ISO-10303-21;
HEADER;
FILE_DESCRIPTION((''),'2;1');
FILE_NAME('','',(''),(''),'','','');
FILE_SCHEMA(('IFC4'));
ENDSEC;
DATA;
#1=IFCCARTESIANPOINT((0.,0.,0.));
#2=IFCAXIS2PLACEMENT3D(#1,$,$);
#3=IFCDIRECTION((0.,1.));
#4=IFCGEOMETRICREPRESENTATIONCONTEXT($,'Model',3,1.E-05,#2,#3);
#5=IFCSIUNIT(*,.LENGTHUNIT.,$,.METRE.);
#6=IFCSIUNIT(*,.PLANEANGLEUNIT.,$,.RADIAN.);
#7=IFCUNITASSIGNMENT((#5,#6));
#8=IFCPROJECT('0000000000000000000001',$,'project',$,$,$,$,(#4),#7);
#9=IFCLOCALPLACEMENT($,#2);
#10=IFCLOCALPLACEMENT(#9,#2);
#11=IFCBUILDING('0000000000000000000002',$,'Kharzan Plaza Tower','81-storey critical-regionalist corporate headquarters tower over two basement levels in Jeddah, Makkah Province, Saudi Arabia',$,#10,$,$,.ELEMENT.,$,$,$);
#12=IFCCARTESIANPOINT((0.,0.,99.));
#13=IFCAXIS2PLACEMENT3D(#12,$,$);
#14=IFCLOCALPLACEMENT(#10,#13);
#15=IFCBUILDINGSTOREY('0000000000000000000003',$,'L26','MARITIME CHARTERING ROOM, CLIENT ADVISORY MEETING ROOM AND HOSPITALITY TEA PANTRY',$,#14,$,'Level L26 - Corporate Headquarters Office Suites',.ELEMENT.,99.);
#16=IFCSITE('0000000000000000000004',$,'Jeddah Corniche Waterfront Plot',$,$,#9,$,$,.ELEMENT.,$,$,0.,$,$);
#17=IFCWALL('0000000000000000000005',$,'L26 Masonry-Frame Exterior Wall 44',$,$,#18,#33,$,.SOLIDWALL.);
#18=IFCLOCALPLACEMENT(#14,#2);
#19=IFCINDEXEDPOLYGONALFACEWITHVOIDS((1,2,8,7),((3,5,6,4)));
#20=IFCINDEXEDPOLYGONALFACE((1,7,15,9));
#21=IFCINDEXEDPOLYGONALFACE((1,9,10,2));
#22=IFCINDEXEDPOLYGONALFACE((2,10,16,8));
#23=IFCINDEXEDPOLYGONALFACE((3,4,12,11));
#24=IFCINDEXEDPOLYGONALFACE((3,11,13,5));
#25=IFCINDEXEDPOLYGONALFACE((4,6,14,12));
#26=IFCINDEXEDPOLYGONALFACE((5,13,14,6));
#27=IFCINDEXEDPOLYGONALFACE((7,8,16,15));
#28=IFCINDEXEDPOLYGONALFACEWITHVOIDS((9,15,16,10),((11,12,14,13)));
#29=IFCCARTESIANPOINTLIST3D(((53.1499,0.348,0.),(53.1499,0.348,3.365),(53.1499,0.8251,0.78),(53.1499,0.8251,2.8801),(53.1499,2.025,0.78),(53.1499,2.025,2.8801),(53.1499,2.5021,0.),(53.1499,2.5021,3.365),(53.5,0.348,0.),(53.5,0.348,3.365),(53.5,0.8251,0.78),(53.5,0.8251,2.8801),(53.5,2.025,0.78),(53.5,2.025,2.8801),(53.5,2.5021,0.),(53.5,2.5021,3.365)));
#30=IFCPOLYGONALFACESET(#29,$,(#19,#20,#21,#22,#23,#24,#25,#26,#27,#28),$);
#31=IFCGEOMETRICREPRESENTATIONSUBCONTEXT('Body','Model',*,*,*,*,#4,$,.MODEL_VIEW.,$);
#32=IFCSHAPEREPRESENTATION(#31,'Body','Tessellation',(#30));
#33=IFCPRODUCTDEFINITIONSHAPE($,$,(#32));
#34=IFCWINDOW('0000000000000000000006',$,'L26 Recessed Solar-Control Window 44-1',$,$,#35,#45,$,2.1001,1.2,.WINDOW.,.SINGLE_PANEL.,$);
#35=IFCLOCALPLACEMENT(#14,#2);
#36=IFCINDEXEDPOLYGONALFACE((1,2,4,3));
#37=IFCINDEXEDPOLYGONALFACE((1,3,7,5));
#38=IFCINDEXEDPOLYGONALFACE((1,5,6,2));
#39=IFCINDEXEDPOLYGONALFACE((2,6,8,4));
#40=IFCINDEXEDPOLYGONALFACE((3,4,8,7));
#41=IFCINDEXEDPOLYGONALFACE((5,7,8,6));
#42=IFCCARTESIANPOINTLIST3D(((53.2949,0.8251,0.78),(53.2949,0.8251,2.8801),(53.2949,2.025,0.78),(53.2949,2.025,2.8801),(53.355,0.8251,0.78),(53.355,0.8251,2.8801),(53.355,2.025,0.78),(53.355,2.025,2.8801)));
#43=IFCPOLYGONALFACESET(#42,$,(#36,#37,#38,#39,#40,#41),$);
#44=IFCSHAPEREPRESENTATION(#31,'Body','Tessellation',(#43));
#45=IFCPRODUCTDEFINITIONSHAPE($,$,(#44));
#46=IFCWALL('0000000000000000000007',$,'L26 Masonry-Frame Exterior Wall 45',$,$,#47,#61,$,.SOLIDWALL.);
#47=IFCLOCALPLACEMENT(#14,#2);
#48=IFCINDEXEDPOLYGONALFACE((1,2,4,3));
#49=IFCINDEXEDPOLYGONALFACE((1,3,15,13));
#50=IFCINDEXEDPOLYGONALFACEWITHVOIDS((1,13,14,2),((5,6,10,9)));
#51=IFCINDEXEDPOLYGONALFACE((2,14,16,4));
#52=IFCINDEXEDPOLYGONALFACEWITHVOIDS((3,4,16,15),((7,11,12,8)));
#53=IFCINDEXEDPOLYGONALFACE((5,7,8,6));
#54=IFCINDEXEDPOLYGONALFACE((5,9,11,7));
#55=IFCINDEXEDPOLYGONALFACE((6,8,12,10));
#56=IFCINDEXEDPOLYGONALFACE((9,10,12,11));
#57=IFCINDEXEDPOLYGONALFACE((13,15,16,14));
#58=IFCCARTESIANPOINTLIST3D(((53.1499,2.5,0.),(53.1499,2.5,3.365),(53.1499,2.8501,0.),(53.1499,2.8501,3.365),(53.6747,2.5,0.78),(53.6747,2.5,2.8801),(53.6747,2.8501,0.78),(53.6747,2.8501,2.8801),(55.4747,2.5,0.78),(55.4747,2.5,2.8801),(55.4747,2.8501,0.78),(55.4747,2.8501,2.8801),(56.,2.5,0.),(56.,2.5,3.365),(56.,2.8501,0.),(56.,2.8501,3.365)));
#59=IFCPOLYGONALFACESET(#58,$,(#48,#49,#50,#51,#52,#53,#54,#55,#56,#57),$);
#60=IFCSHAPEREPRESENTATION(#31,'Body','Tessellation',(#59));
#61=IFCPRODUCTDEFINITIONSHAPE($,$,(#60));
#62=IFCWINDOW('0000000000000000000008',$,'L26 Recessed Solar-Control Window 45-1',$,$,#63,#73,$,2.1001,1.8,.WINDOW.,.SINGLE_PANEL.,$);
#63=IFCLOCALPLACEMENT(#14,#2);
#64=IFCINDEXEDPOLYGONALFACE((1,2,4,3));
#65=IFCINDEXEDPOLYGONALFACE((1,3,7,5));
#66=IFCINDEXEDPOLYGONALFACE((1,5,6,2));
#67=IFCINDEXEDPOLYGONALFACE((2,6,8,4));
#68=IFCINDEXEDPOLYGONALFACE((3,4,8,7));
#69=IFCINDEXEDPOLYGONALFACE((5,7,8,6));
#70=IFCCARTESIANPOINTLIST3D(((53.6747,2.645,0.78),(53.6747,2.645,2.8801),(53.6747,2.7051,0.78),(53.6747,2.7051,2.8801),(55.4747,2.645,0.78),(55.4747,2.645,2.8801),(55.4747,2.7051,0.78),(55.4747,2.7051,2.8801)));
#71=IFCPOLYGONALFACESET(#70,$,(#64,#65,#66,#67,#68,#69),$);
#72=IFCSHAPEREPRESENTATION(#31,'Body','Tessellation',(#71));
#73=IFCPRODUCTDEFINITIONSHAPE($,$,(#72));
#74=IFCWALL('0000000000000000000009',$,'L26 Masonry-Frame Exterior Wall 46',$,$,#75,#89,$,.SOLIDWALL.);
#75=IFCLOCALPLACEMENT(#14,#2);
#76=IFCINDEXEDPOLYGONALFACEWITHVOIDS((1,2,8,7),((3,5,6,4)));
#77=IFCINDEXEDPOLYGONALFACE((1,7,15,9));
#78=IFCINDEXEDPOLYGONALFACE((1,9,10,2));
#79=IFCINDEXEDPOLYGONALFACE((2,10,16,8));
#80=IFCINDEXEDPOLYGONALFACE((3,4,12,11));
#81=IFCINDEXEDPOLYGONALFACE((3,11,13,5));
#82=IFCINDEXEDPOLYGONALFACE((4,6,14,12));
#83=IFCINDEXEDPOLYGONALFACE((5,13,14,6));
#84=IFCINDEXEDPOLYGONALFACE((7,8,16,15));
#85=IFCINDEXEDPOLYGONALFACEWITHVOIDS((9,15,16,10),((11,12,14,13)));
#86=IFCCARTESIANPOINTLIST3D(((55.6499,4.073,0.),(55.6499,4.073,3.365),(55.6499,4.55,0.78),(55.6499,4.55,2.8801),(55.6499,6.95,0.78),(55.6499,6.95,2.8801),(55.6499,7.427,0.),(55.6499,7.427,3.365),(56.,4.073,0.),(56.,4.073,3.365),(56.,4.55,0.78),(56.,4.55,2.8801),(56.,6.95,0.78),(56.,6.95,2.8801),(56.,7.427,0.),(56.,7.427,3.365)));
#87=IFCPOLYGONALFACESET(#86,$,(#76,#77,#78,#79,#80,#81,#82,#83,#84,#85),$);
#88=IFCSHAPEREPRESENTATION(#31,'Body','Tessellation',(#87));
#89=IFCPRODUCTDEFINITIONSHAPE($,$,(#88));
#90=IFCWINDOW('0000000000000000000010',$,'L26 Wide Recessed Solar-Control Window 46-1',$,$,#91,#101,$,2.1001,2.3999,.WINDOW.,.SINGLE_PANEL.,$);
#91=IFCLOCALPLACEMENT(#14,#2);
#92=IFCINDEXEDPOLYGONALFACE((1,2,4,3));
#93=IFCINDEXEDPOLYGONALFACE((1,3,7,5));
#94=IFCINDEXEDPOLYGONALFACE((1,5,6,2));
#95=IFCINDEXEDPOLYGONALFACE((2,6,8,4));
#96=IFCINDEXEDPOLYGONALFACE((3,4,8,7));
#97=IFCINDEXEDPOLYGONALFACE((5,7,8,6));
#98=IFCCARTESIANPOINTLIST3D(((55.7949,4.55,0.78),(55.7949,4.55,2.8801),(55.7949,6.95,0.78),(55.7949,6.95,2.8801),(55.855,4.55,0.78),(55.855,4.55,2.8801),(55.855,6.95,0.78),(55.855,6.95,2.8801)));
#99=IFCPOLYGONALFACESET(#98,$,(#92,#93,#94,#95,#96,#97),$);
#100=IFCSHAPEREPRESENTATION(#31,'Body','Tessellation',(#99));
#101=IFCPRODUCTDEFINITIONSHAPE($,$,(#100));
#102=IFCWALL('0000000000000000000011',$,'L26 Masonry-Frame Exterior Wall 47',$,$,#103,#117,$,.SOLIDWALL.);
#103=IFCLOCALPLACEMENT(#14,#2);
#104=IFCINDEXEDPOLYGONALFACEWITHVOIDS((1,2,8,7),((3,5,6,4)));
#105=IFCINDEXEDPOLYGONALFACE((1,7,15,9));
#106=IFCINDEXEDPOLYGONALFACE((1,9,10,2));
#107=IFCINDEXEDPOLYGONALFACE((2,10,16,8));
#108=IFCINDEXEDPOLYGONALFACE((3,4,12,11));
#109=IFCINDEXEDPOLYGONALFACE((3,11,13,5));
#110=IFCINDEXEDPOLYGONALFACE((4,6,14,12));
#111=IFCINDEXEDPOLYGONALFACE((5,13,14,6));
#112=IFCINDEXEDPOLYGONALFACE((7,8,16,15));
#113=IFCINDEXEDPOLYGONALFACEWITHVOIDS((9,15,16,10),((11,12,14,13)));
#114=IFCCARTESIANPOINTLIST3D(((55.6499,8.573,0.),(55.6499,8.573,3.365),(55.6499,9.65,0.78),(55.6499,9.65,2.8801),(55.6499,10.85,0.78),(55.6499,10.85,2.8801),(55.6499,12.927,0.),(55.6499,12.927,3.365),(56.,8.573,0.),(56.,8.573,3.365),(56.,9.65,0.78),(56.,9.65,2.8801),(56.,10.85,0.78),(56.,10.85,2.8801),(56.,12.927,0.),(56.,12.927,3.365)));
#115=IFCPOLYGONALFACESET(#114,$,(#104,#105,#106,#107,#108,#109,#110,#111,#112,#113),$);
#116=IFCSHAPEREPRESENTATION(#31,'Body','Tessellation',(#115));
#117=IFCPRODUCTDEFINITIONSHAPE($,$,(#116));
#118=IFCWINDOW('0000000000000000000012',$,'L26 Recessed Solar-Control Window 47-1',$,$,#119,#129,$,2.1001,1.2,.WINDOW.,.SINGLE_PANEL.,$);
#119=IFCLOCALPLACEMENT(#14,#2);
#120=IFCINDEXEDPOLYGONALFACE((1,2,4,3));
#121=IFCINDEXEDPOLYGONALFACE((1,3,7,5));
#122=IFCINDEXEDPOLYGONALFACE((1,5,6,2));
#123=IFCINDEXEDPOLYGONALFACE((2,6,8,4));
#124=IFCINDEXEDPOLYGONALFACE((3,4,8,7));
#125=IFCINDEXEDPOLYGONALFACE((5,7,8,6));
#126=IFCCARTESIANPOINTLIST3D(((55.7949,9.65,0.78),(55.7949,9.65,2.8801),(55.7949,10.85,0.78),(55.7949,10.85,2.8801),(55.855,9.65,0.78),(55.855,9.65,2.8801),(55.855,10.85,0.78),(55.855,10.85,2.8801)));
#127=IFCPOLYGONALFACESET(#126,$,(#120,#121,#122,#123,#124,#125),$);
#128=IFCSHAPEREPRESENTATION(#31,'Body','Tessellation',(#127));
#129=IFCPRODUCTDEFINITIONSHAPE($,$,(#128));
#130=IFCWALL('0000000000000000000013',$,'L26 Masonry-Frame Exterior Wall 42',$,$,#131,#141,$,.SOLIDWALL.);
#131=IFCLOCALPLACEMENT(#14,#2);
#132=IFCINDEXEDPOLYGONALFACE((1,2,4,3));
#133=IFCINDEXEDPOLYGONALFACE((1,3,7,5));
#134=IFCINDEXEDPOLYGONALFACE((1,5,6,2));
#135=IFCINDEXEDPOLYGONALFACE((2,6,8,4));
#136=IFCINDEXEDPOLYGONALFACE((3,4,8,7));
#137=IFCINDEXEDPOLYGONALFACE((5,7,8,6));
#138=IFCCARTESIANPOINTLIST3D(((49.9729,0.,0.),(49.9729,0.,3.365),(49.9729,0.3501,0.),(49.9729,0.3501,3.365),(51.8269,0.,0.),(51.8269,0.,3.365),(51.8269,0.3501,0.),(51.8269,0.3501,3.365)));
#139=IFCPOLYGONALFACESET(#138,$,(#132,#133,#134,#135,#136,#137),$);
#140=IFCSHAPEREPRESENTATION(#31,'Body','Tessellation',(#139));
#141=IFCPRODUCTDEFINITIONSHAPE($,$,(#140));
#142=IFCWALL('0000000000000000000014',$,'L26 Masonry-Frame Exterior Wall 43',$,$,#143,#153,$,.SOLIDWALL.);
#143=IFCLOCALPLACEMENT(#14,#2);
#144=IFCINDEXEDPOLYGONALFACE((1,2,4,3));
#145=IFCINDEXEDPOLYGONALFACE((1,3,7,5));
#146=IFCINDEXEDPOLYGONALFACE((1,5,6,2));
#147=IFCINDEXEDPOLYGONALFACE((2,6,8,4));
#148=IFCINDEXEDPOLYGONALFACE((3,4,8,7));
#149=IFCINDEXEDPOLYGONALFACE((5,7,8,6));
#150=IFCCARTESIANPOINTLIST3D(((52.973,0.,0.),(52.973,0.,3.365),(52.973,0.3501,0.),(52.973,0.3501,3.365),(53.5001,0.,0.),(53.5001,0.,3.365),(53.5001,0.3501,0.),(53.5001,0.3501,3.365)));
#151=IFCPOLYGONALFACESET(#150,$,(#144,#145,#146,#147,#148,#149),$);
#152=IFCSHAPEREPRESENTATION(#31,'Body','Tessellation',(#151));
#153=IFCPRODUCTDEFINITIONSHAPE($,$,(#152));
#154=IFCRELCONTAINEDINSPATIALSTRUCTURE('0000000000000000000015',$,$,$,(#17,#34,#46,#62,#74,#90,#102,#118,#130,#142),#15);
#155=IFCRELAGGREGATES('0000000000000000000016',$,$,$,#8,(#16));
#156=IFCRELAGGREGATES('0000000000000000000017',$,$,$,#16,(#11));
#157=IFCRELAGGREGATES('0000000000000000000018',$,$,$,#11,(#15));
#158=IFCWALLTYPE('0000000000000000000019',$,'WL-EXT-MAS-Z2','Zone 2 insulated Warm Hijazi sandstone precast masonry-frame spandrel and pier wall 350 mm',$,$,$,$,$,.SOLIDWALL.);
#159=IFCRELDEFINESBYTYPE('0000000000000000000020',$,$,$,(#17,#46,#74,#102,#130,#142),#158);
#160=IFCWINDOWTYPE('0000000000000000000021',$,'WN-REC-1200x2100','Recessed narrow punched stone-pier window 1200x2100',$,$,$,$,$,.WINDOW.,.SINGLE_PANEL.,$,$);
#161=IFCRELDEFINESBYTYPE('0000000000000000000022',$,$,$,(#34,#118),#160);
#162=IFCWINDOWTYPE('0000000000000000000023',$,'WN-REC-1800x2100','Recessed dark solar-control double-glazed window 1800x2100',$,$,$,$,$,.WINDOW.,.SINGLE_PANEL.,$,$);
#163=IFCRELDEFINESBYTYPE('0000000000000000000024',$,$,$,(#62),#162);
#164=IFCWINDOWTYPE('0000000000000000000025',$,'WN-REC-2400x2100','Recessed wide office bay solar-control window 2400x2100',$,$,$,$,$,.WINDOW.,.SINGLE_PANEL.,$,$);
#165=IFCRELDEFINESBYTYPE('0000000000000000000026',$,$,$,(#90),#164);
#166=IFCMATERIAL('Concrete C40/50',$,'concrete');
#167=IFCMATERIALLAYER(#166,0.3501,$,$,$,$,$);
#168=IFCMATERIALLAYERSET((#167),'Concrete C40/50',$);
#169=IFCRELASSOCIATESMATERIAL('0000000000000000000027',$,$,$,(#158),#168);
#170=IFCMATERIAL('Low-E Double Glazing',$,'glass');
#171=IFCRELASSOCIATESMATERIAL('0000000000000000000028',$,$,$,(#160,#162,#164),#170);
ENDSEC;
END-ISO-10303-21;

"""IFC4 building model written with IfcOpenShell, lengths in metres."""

from ifc_helpers import new_model, si_unit, direction, frame, frame_2d, origin, place, context, subcontext, project, spatial, rectangle, extrude, source, transform, mapped, material, layer, layer_set, type_object, element, fill, save


model = new_model("IFC4")

# Units and contexts
model_context = context("Model", 3, precision=1e-05, world=origin(), true_north=direction((0.0, 1.0)))
body_context = subcontext(model_context, "Body", "Model", "MODEL_VIEW")
ifc_project = project(units=[si_unit("LENGTHUNIT", "METRE"), si_unit("PLANEANGLEUNIT", "RADIAN")], contexts=[model_context])

# Site, building, storey
site_placement = place(None, origin())
site = spatial("IfcSite", under=ifc_project, at=site_placement, Name="Jeddah Corniche Waterfront Plot", CompositionType="ELEMENT", RefElevation=0.0)
building_placement = place(site_placement, origin())
building = spatial("IfcBuilding", under=site, at=building_placement, Name="Kharzan Plaza Tower", Description="81-storey critical-regionalist corporate headquarters tower over two basement levels in Jeddah, Makkah Province, Saudi Arabia", CompositionType="ELEMENT")
storey_placement = place(building_placement, frame((0.0, 0.0, 99.0)))
storey = spatial("IfcBuildingStorey", under=building, at=storey_placement, Name="L26", Description="MARITIME CHARTERING ROOM, CLIENT ADVISORY MEETING ROOM AND HOSPITALITY TEA PANTRY", LongName="Level L26 - Corporate Headquarters Office Suites", CompositionType="ELEMENT", Elevation=99.0)

# Walls, openings, windows
ifc_material_1 = material(Name="Concrete C40/50", Category="concrete")
ifc_layer = layer(ifc_material_1, 0.3501)
ifc_layer_set = layer_set([ifc_layer], Name="Concrete C40/50")
wall_type = type_object("IfcWallType", Name="WL-EXT-MAS-Z2", Description="Zone 2 insulated Warm Hijazi sandstone precast masonry-frame spandrel and pier wall 350 mm", PredefinedType="SOLIDWALL", material=ifc_layer_set)
wall_1_placement = place(storey_placement, frame((53.325, 0.3479, 0.0), z_axis=(0.0, 0.0, 1.0), x_axis=(0.0, 1.0, 0.0)))
wall_1 = element("IfcWall", 1, at=wall_1_placement, inside=storey, type_object=wall_type, Name="L26 Masonry-Frame Exterior Wall 44", PredefinedType="SOLIDWALL", context=body_context, shape_type="SweptSolid", body=[
    extrude(rectangle(XDim=2.1541, YDim=0.3501, at=frame_2d((1.0771, 0.0))), origin(), (0.0, 0.0, 1.0), 3.365),
])
opening_1_placement = place(wall_1_placement, frame((0.4771, 0.0, 0.78)))
opening_1 = element("IfcOpeningElement", 2, at=opening_1_placement, cuts=wall_1, PredefinedType="OPENING", context=body_context, shape_type="SweptSolid", body=[
    extrude(rectangle(XDim=1.2, YDim=2.1001, at=frame_2d((0.6001, 1.05))), frame((0.0, 0.1851, 0.0), z_axis=(0.0, -1.0, 0.0), x_axis=(1.0, 0.0, 0.0)), (0.0, 0.0, 1.0), 0.3701),
])
ifc_material_2 = material(Name="Low-E Double Glazing", Category="glass")
window_type_1 = type_object("IfcWindowType", Name="WN-REC-1200x2100", Description="Recessed narrow punched stone-pier window 1200x2100", PartitioningType="SINGLE_PANEL", PredefinedType="WINDOW", material=ifc_material_2)
shared_shape_1 = source(origin(), body_context, "Body", "SweptSolid", [
    extrude(rectangle(XDim=1.2, YDim=2.1001, at=frame_2d((0.6001, 1.05))), frame((0.0, 0.03, 0.0), z_axis=(0.0, -1.0, 0.0), x_axis=(1.0, 0.0, 0.0)), (0.0, 0.0, 1.0), 0.0601),
])
window_1_placement = place(opening_1_placement, origin())
window_1 = element("IfcWindow", 3, at=window_1_placement, inside=storey, type_object=window_type_1, Name="L26 Recessed Solar-Control Window 44-1", OverallHeight=2.1001, OverallWidth=1.2, PartitioningType="SINGLE_PANEL", PredefinedType="WINDOW", context=body_context, shape_type="MappedRepresentation", body=[
    mapped(shared_shape_1, transform((0.0, 0.0, 0.0), x_axis=(1.0, 0.0, 0.0), y_axis=(0.0, 1.0, 0.0), z_axis=(0.0, 0.0, 1.0))),
])
fill(opening_1, window_1)
wall_2_placement = place(storey_placement, frame((53.1499, 2.675, 0.0), z_axis=(0.0, 0.0, 1.0), x_axis=(1.0, 0.0, 0.0)))
wall_2 = element("IfcWall", 4, at=wall_2_placement, inside=storey, type_object=wall_type, Name="L26 Masonry-Frame Exterior Wall 45", PredefinedType="SOLIDWALL", context=body_context, shape_type="SweptSolid", body=[
    extrude(rectangle(XDim=2.8501, YDim=0.3501, at=frame_2d((1.425, 0.0))), origin(), (0.0, 0.0, 1.0), 3.365),
])
opening_2_placement = place(wall_2_placement, frame((0.5249, 0.0, 0.78)))
opening_2 = element("IfcOpeningElement", 5, at=opening_2_placement, cuts=wall_2, PredefinedType="OPENING", context=body_context, shape_type="SweptSolid", body=[
    extrude(rectangle(XDim=1.8, YDim=2.1001, at=frame_2d((0.8999, 1.05))), frame((0.0, 0.1851, 0.0), z_axis=(0.0, -1.0, 0.0), x_axis=(1.0, 0.0, 0.0)), (0.0, 0.0, 1.0), 0.3701),
])
window_type_2 = type_object("IfcWindowType", Name="WN-REC-1800x2100", Description="Recessed dark solar-control double-glazed window 1800x2100", PartitioningType="SINGLE_PANEL", PredefinedType="WINDOW", material=ifc_material_2)
shared_shape_2 = source(origin(), body_context, "Body", "SweptSolid", [
    extrude(rectangle(XDim=1.8, YDim=2.1001, at=frame_2d((0.8999, 1.05))), frame((0.0, 0.03, 0.0), z_axis=(0.0, -1.0, 0.0), x_axis=(1.0, 0.0, 0.0)), (0.0, 0.0, 1.0), 0.0601),
])
window_2_placement = place(opening_2_placement, origin())
window_2 = element("IfcWindow", 6, at=window_2_placement, inside=storey, type_object=window_type_2, Name="L26 Recessed Solar-Control Window 45-1", OverallHeight=2.1001, OverallWidth=1.8, PartitioningType="SINGLE_PANEL", PredefinedType="WINDOW", context=body_context, shape_type="MappedRepresentation", body=[
    mapped(shared_shape_2, transform((0.0, 0.0, 0.0), x_axis=(1.0, 0.0, 0.0), y_axis=(0.0, 1.0, 0.0), z_axis=(0.0, 0.0, 1.0))),
])
fill(opening_2, window_2)
wall_3_placement = place(storey_placement, frame((55.825, 4.073, 0.0), z_axis=(0.0, 0.0, 1.0), x_axis=(0.0, 1.0, 0.0)))
wall_3 = element("IfcWall", 7, at=wall_3_placement, inside=storey, type_object=wall_type, Name="L26 Masonry-Frame Exterior Wall 46", PredefinedType="SOLIDWALL", context=body_context, shape_type="SweptSolid", body=[
    extrude(rectangle(XDim=3.354, YDim=0.3501, at=frame_2d((1.677, 0.0))), origin(), (0.0, 0.0, 1.0), 3.365),
])
opening_3_placement = place(wall_3_placement, frame((0.4771, 0.0, 0.78)))
opening_3 = element("IfcOpeningElement", 8, at=opening_3_placement, cuts=wall_3, PredefinedType="OPENING", context=body_context, shape_type="SweptSolid", body=[
    extrude(rectangle(XDim=2.3999, YDim=2.1001, at=frame_2d((1.2, 1.05))), frame((0.0, 0.1851, 0.0), z_axis=(0.0, -1.0, 0.0), x_axis=(1.0, 0.0, 0.0)), (0.0, 0.0, 1.0), 0.3701),
])
window_type_3 = type_object("IfcWindowType", Name="WN-REC-2400x2100", Description="Recessed wide office bay solar-control window 2400x2100", PartitioningType="SINGLE_PANEL", PredefinedType="WINDOW", material=ifc_material_2)
shared_shape_3 = source(origin(), body_context, "Body", "SweptSolid", [
    extrude(rectangle(XDim=2.3999, YDim=2.1001, at=frame_2d((1.2, 1.05))), frame((0.0, 0.03, 0.0), z_axis=(0.0, -1.0, 0.0), x_axis=(1.0, 0.0, 0.0)), (0.0, 0.0, 1.0), 0.0601),
])
window_3_placement = place(opening_3_placement, origin())
window_3 = element("IfcWindow", 9, at=window_3_placement, inside=storey, type_object=window_type_3, Name="L26 Wide Recessed Solar-Control Window 46-1", OverallHeight=2.1001, OverallWidth=2.3999, PartitioningType="SINGLE_PANEL", PredefinedType="WINDOW", context=body_context, shape_type="MappedRepresentation", body=[
    mapped(shared_shape_3, transform((0.0, 0.0, 0.0), x_axis=(1.0, 0.0, 0.0), y_axis=(0.0, 1.0, 0.0), z_axis=(0.0, 0.0, 1.0))),
])
fill(opening_3, window_3)
wall_4_placement = place(storey_placement, frame((55.825, 8.573, 0.0), z_axis=(0.0, 0.0, 1.0), x_axis=(0.0, 1.0, 0.0)))
wall_4 = element("IfcWall", 10, at=wall_4_placement, inside=storey, type_object=wall_type, Name="L26 Masonry-Frame Exterior Wall 47", PredefinedType="SOLIDWALL", context=body_context, shape_type="SweptSolid", body=[
    extrude(rectangle(XDim=4.354, YDim=0.3501, at=frame_2d((2.177, 0.0))), origin(), (0.0, 0.0, 1.0), 3.365),
])
opening_4_placement = place(wall_4_placement, frame((1.0769, 0.0, 0.78)))
opening_4 = element("IfcOpeningElement", 11, at=opening_4_placement, cuts=wall_4, PredefinedType="OPENING", context=body_context, shape_type="SweptSolid", body=[
    extrude(rectangle(XDim=1.2, YDim=2.1001, at=frame_2d((0.6001, 1.05))), frame((0.0, 0.1851, 0.0), z_axis=(0.0, -1.0, 0.0), x_axis=(1.0, 0.0, 0.0)), (0.0, 0.0, 1.0), 0.3701),
])
window_4_placement = place(opening_4_placement, origin())
window_4 = element("IfcWindow", 12, at=window_4_placement, inside=storey, type_object=window_type_1, Name="L26 Recessed Solar-Control Window 47-1", OverallHeight=2.1001, OverallWidth=1.2, PartitioningType="SINGLE_PANEL", PredefinedType="WINDOW", context=body_context, shape_type="MappedRepresentation", body=[
    mapped(shared_shape_1, transform((0.0, 0.0, 0.0), x_axis=(1.0, 0.0, 0.0), y_axis=(0.0, 1.0, 0.0), z_axis=(0.0, 0.0, 1.0))),
])
fill(opening_4, window_4)

# Walls
shared_shape_4 = source(origin(), body_context, "Body", "SweptSolid", [
    extrude(rectangle(XDim=1.854, YDim=0.3501, at=frame_2d((0.927, 0.0))), origin(), (0.0, 0.0, 1.0), 3.365),
])
wall_5_placement = place(storey_placement, frame((49.9729, 0.175, 0.0), z_axis=(0.0, 0.0, 1.0), x_axis=(1.0, 0.0, 0.0)))
element("IfcWall", 13, at=wall_5_placement, inside=storey, type_object=wall_type, Name="L26 Masonry-Frame Exterior Wall 42", PredefinedType="SOLIDWALL", context=body_context, shape_type="MappedRepresentation", body=[
    mapped(shared_shape_4, transform((0.0, 0.0, 0.0), x_axis=(1.0, 0.0, 0.0), y_axis=(0.0, 1.0, 0.0), z_axis=(0.0, 0.0, 1.0))),
])
shared_shape_5 = source(origin(), body_context, "Body", "SweptSolid", [
    extrude(rectangle(XDim=0.5271, YDim=0.3501, at=frame_2d((0.2637, 0.0))), origin(), (0.0, 0.0, 1.0), 3.365),
])
wall_6_placement = place(storey_placement, frame((52.9729, 0.175, 0.0), z_axis=(0.0, 0.0, 1.0), x_axis=(1.0, 0.0, 0.0)))
element("IfcWall", 14, at=wall_6_placement, inside=storey, type_object=wall_type, Name="L26 Masonry-Frame Exterior Wall 43", PredefinedType="SOLIDWALL", context=body_context, shape_type="MappedRepresentation", body=[
    mapped(shared_shape_5, transform((0.0, 0.0, 0.0), x_axis=(1.0, 0.0, 0.0), y_axis=(0.0, 1.0, 0.0), z_axis=(0.0, 0.0, 1.0))),
])

save(model, "model.ifc")
